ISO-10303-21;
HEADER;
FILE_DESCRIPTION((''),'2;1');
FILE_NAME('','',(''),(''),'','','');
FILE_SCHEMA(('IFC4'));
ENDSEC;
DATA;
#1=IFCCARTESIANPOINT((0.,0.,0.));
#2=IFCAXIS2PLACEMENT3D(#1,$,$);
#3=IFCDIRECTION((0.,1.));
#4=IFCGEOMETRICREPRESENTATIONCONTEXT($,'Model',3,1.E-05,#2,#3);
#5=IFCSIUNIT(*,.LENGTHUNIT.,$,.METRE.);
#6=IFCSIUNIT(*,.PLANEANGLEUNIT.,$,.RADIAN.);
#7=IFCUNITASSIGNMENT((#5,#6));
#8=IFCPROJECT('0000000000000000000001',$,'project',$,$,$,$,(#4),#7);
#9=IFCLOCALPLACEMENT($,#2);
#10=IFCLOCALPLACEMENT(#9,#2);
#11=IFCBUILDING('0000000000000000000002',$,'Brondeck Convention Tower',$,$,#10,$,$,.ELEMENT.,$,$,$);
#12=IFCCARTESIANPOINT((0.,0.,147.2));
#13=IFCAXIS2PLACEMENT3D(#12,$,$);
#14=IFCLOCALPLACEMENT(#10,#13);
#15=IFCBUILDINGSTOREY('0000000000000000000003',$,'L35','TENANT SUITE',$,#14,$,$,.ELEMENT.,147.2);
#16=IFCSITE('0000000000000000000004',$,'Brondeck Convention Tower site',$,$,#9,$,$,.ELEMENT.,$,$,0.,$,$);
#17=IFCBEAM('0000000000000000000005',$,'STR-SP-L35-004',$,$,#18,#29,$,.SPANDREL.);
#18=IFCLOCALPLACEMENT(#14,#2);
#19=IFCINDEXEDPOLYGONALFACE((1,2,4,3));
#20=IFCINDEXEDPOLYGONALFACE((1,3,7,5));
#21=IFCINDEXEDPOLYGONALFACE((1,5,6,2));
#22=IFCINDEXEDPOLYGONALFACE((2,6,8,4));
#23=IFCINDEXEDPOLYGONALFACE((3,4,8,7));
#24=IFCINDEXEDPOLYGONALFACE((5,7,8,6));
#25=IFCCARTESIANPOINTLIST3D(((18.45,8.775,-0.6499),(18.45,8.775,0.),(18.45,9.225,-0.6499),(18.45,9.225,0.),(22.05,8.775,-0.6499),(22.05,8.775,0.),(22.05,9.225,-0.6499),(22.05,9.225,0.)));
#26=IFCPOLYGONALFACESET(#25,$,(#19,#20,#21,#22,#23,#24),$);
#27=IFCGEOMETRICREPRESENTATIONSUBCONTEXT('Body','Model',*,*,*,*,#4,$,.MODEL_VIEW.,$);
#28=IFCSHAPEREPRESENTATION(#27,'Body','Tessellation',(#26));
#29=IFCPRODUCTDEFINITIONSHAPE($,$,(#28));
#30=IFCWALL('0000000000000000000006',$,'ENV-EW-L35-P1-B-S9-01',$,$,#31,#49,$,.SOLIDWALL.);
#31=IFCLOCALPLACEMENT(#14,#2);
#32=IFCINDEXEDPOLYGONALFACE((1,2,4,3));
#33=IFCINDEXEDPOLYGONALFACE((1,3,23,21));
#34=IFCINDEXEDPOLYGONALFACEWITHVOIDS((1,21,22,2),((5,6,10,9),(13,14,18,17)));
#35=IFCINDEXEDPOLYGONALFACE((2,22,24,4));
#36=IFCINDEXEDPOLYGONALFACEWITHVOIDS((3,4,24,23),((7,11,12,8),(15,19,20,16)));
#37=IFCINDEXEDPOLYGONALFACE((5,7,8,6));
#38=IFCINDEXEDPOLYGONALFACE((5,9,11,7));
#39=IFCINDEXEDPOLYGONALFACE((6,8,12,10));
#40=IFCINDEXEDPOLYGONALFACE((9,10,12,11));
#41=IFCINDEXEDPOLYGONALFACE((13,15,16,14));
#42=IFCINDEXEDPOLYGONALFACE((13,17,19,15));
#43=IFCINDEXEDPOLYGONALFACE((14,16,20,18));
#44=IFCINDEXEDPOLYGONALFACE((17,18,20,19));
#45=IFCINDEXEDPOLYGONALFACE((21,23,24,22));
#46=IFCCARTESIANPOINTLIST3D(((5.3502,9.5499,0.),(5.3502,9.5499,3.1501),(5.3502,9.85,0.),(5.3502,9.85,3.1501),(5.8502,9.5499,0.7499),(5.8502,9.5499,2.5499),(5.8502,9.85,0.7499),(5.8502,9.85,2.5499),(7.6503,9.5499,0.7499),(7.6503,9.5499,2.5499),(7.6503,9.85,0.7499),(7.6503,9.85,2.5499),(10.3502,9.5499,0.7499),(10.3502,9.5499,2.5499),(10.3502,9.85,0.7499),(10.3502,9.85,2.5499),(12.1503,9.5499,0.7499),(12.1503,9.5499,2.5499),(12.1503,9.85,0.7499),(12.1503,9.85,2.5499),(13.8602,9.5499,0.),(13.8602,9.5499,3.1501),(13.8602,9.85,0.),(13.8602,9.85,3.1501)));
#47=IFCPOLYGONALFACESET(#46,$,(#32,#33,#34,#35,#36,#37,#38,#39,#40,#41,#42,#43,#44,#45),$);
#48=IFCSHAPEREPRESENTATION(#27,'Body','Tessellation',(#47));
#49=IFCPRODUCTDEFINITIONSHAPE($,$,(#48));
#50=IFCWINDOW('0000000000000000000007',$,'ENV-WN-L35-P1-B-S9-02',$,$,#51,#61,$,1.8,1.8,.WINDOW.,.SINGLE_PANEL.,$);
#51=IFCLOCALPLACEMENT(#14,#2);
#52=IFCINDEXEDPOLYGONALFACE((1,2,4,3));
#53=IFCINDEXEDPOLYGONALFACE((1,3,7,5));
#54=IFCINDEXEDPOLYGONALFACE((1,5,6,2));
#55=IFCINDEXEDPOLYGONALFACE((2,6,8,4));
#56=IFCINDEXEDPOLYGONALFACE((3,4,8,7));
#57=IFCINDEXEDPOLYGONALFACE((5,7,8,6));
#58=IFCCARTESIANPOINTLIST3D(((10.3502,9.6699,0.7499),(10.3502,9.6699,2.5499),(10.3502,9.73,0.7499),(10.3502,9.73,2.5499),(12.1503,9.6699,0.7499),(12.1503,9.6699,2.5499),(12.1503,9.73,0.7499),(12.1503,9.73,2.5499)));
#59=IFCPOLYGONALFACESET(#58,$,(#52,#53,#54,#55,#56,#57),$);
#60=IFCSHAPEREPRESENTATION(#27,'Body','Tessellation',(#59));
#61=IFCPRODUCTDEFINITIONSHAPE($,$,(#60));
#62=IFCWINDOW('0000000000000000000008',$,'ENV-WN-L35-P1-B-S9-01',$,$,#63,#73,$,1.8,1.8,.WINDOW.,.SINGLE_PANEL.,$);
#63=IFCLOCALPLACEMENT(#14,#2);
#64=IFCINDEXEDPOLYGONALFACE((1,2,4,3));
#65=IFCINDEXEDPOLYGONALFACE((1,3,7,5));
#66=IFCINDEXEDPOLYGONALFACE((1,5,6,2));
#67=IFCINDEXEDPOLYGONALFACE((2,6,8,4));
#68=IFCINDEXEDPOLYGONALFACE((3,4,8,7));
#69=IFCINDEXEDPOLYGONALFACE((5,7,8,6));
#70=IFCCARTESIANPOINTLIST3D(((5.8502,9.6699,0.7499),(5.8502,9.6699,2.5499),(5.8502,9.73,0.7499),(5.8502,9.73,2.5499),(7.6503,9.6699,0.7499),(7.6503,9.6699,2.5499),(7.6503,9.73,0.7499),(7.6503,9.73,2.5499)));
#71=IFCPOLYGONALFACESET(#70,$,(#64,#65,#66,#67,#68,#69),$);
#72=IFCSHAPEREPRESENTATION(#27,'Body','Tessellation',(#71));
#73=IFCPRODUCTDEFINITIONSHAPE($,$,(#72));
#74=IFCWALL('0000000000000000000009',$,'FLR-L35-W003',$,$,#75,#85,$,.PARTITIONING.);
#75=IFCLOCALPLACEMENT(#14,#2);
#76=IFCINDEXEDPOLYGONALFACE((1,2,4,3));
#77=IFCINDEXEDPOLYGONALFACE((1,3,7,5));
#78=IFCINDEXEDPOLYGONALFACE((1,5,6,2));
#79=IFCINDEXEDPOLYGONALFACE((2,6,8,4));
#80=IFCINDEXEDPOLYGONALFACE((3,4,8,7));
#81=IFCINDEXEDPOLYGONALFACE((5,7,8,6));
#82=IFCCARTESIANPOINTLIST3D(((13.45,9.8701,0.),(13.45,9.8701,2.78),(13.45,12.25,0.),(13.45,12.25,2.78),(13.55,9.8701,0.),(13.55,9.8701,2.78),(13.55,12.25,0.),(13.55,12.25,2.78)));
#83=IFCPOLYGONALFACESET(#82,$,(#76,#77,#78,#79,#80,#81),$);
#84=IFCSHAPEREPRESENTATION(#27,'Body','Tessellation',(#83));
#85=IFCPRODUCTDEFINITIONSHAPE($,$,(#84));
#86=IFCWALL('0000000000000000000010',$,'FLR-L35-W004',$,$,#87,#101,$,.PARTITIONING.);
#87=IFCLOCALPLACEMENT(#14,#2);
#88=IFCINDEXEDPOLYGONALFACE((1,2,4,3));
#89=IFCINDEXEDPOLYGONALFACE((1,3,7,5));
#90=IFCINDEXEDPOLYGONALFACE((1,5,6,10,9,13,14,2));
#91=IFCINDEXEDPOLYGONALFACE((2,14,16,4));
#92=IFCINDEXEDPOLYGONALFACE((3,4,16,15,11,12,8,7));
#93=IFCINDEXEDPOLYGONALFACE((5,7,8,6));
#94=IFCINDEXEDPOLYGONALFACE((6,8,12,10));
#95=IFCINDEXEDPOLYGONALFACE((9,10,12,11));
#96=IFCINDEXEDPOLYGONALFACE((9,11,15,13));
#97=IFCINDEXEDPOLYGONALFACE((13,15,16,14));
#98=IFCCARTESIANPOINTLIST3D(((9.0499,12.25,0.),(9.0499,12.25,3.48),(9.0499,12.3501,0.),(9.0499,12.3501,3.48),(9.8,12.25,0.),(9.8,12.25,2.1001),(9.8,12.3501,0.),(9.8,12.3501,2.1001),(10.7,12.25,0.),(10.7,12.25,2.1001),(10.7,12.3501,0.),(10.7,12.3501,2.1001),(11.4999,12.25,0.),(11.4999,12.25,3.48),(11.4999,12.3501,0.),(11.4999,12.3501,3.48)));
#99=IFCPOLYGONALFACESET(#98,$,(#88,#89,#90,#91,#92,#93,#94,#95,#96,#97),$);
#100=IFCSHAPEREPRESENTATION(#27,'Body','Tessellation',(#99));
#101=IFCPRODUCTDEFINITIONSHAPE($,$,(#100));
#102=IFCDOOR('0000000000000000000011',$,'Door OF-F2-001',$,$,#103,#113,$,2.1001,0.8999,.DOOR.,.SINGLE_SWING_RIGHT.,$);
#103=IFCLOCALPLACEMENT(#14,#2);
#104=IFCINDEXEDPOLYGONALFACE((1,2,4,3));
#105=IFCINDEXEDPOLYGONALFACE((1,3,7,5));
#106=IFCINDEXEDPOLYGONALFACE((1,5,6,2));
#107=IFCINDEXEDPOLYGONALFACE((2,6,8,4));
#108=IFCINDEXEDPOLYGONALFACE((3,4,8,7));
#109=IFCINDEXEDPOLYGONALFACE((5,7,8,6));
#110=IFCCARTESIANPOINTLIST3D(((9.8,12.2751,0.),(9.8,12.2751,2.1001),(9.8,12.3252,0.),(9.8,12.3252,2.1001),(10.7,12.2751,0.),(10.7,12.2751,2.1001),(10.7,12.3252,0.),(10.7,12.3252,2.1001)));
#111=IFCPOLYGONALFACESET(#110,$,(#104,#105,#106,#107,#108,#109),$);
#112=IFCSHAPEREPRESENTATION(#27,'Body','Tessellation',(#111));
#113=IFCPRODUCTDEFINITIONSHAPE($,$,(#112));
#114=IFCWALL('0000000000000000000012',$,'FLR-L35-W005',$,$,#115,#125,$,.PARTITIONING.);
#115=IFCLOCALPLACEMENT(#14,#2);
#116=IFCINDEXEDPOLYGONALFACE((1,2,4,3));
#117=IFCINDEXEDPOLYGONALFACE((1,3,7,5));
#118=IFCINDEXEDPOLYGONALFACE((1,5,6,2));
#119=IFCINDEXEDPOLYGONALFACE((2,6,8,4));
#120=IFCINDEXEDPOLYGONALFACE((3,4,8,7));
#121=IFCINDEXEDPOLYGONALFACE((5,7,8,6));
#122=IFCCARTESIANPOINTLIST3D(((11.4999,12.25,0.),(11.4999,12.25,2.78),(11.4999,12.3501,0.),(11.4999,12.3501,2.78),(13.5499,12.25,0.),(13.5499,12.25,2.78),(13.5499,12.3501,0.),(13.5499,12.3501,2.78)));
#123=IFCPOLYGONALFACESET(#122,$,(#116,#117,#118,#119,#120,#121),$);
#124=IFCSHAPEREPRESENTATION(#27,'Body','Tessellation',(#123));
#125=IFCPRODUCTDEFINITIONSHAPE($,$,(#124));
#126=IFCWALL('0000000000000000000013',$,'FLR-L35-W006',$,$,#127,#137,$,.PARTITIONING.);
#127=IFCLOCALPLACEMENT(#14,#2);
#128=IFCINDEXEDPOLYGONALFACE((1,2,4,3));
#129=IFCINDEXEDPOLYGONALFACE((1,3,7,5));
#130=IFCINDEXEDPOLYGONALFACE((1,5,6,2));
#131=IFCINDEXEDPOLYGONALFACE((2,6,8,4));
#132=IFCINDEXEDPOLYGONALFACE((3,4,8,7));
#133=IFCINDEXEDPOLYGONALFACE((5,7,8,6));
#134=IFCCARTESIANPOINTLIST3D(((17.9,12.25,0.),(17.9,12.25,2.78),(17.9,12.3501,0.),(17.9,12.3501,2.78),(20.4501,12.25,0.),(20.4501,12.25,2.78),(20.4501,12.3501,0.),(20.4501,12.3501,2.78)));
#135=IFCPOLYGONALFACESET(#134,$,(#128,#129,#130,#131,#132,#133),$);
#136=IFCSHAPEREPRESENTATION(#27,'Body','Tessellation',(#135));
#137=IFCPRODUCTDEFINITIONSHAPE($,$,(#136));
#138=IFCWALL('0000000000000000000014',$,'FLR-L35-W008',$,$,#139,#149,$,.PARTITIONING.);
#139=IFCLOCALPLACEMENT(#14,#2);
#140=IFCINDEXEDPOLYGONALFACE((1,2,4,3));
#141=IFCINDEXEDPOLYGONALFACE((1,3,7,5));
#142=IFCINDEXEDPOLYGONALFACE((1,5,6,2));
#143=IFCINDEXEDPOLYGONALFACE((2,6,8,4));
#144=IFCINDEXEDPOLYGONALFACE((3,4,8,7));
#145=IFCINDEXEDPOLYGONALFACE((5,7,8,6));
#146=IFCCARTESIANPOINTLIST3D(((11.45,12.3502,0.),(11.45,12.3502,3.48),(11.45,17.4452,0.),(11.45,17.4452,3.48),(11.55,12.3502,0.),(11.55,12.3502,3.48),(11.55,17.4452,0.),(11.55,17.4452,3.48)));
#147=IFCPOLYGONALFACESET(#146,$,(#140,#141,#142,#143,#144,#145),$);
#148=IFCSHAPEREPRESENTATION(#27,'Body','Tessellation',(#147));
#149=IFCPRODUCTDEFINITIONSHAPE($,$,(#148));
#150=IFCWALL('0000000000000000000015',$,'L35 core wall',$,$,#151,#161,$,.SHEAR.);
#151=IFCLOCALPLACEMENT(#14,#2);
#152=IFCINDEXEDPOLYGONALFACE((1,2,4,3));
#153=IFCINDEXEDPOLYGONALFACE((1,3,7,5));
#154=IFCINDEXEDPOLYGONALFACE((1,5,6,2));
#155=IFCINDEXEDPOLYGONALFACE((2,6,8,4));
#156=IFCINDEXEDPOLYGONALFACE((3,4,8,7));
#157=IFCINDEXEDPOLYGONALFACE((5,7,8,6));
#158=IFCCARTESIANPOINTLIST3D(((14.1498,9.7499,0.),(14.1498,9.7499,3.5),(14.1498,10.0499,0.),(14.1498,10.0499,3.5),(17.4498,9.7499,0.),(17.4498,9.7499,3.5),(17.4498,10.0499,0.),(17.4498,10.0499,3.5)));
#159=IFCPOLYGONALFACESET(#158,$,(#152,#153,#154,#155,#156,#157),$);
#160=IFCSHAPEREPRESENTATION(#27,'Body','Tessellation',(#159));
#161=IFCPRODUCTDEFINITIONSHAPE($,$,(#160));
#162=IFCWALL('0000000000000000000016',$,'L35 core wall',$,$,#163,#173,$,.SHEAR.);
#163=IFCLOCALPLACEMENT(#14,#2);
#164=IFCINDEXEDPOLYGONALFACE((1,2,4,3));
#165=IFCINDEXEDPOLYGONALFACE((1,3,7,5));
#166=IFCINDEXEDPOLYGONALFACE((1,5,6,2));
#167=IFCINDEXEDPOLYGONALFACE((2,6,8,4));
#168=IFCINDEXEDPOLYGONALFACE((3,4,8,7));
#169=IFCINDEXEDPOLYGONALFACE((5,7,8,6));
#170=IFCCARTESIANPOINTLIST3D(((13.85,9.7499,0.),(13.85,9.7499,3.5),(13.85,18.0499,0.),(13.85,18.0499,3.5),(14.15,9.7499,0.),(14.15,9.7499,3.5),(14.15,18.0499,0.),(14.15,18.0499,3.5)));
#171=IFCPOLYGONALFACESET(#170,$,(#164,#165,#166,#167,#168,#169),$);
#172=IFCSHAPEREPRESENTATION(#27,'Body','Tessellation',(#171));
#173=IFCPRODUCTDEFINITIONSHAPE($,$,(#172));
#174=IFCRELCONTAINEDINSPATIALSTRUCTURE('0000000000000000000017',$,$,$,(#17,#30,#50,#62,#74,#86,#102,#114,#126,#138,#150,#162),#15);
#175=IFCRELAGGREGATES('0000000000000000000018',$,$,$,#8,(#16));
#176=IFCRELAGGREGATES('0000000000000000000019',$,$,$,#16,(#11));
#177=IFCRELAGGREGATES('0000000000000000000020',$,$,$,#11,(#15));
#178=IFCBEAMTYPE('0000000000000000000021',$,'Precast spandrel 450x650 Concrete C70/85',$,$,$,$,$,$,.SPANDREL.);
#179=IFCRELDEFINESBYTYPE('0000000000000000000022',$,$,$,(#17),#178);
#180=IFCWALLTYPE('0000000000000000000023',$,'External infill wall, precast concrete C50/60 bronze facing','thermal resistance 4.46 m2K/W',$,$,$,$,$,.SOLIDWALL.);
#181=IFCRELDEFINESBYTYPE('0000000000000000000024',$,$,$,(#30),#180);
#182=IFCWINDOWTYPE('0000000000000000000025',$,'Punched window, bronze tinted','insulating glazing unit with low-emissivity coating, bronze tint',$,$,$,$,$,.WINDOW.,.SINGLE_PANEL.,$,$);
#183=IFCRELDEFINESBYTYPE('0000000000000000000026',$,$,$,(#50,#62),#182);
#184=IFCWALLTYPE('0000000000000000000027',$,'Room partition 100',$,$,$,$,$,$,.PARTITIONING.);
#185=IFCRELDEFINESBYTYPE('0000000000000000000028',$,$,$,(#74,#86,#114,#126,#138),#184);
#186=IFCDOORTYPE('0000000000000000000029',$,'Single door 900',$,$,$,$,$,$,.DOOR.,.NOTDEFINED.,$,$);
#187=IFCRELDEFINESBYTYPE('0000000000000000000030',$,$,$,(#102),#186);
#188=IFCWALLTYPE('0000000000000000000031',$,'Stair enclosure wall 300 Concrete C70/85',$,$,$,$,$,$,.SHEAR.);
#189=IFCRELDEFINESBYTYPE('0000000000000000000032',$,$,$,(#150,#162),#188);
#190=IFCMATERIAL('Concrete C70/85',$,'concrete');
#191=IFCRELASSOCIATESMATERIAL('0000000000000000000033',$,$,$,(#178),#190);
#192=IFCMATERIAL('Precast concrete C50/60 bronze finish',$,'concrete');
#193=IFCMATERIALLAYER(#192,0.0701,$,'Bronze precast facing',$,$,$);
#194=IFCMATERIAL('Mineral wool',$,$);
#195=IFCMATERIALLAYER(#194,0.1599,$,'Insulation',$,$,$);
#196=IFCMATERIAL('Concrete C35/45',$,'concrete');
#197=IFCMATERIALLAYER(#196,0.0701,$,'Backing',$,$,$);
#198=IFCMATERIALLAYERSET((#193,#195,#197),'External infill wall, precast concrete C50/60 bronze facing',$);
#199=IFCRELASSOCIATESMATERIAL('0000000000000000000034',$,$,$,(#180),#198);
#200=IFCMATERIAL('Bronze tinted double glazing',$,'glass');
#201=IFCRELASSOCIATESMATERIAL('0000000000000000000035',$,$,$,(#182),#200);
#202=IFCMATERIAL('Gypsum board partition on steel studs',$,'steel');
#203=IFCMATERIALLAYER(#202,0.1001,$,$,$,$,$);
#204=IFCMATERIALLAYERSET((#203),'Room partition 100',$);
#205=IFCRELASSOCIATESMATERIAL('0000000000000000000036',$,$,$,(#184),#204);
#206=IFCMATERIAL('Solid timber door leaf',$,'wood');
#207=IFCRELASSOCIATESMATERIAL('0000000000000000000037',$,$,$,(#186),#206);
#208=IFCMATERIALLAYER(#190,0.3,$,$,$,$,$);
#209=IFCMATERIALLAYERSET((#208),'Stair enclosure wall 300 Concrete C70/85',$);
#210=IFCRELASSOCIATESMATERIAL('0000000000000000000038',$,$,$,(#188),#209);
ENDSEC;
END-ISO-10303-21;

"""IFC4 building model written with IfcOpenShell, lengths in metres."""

from ifc_helpers import new_model, si_unit, direction, frame, frame_2d, origin, origin_2d, place, context, subcontext, project, spatial, rectangle, extrude, material, layer, layer_set, material_profile, profile_set, type_object, element, fill, save


model = new_model("IFC4")

# Units and contexts
model_context = context("Model", 3, precision=1e-05, world=origin(), true_north=direction((0.0, 1.0)))
body_context = subcontext(model_context, "Body", "Model", "MODEL_VIEW")
ifc_project = project(units=[si_unit("LENGTHUNIT", "METRE"), si_unit("PLANEANGLEUNIT", "RADIAN")], contexts=[model_context])

# Site, building, storey
site_placement = place(None, origin())
site = spatial("IfcSite", under=ifc_project, at=site_placement, Name="Brondeck Convention Tower site", CompositionType="ELEMENT", RefElevation=0.0)
building_placement = place(site_placement, origin())
building = spatial("IfcBuilding", under=site, at=building_placement, Name="Brondeck Convention Tower", CompositionType="ELEMENT")
storey_placement = place(building_placement, frame((0.0, 0.0, 147.2)))
storey = spatial("IfcBuildingStorey", under=building, at=storey_placement, Name="L35", Description="TENANT SUITE", CompositionType="ELEMENT", Elevation=147.2)

# Shared definitions
ifc_material_1 = material(Name="Concrete C70/85", Category="concrete")

# Beam
ifc_material_profile_1 = material_profile(ifc_material_1, rectangle(XDim=0.45, YDim=0.6499, at=origin_2d()), Name="Precast spandrel 450x650 Concrete C70/85")
ifc_profile_set_1 = profile_set([ifc_material_profile_1], Name="Concrete C70/85")
beam_type_1 = type_object("IfcBeamType", Name="Precast spandrel 450x650 Concrete C70/85", PredefinedType="SPANDREL", material=ifc_profile_set_1)
for number, where, z_axis, x_axis, name in (
    (1, (18.45, 9.0, -0.325), (1.0, 0.0, 0.0), (0.0, 1.0, 0.0), "STR-SP-L35-004"),
):
    element("IfcBeam", number, at=place(storey_placement, frame(where, z_axis=z_axis, x_axis=x_axis)), inside=storey, type_object=beam_type_1, Name=name, PredefinedType="SPANDREL", context=body_context, shape_type="SweptSolid", body=[
        extrude(rectangle(XDim=0.45, YDim=0.6499, at=origin_2d()), origin(), (0.0, 0.0, 1.0), 3.6001),
    ])

# Wall, openings, windows
ifc_material_2 = material(Name="Precast concrete C50/60 bronze finish", Category="concrete")
ifc_layer_1 = layer(ifc_material_2, 0.0701, Name="Bronze precast facing")
ifc_material_3 = material(Name="Mineral wool")
ifc_layer_2 = layer(ifc_material_3, 0.1599, Name="Insulation")
ifc_material_4 = material(Name="Concrete C35/45", Category="concrete")
ifc_layer_3 = layer(ifc_material_4, 0.0701, Name="Backing")
ifc_layer_set_1 = layer_set([ifc_layer_1, ifc_layer_2, ifc_layer_3], Name="External infill wall, precast concrete C50/60 bronze facing")
wall_type_1 = type_object("IfcWallType", Name="External infill wall, precast concrete C50/60 bronze facing", Description="thermal resistance 4.46 m2K/W", PredefinedType="SOLIDWALL", material=ifc_layer_set_1)
wall_1_placement = place(storey_placement, frame((13.8601, 9.7, 0.0), z_axis=(0.0, 0.0, 1.0), x_axis=(-1.0, 0.0, 0.0)))
wall_1 = element("IfcWall", 2, at=wall_1_placement, inside=storey, type_object=wall_type_1, Name="ENV-EW-L35-P1-B-S9-01", PredefinedType="SOLIDWALL", context=body_context, shape_type="SweptSolid", body=[
    extrude(rectangle(XDim=8.51, YDim=0.3, at=frame_2d((4.2549, 0.0))), origin(), (0.0, 0.0, 1.0), 3.1501),
])
opening_1_placement = place(wall_1_placement, frame((1.71, 0.0, 0.75)))
opening_1 = element("IfcOpeningElement", 3, at=opening_1_placement, cuts=wall_1, PredefinedType="OPENING", context=body_context, shape_type="SweptSolid", body=[
    extrude(rectangle(XDim=1.8, YDim=1.8, at=frame_2d((0.8999, 0.8999))), frame((0.0, 0.1599, 0.0), z_axis=(0.0, -1.0, 0.0), x_axis=(1.0, 0.0, 0.0)), (0.0, 0.0, 1.0), 0.3201),
])
opening_2_placement = place(wall_1_placement, frame((6.21, 0.0, 0.75)))
opening_2 = element("IfcOpeningElement", 4, at=opening_2_placement, cuts=wall_1, PredefinedType="OPENING", context=body_context, shape_type="SweptSolid", body=[
    extrude(rectangle(XDim=1.8, YDim=1.8, at=frame_2d((0.8999, 0.8999))), frame((0.0, 0.1599, 0.0), z_axis=(0.0, -1.0, 0.0), x_axis=(1.0, 0.0, 0.0)), (0.0, 0.0, 1.0), 0.3201),
])
ifc_material_5 = material(Name="Bronze tinted double glazing", Category="glass")
window_type = type_object("IfcWindowType", Name="Punched window, bronze tinted", Description="insulating glazing unit with low-emissivity coating, bronze tint", PartitioningType="SINGLE_PANEL", PredefinedType="WINDOW", material=ifc_material_5)
window_1_placement = place(opening_1_placement, origin())
window_1 = element("IfcWindow", 5, at=window_1_placement, inside=storey, type_object=window_type, Name="ENV-WN-L35-P1-B-S9-02", OverallHeight=1.8, OverallWidth=1.8, PartitioningType="SINGLE_PANEL", PredefinedType="WINDOW", context=body_context, shape_type="SweptSolid", body=[
    extrude(rectangle(XDim=1.8, YDim=1.8, at=frame_2d((0.8999, 0.8999))), frame((0.0, 0.03, 0.0), z_axis=(0.0, -1.0, 0.0), x_axis=(1.0, 0.0, 0.0)), (0.0, 0.0, 1.0), 0.0601),
])
fill(opening_1, window_1)
window_2_placement = place(opening_2_placement, origin())
window_2 = element("IfcWindow", 6, at=window_2_placement, inside=storey, type_object=window_type, Name="ENV-WN-L35-P1-B-S9-01", OverallHeight=1.8, OverallWidth=1.8, PartitioningType="SINGLE_PANEL", PredefinedType="WINDOW", context=body_context, shape_type="SweptSolid", body=[
    extrude(rectangle(XDim=1.8, YDim=1.8, at=frame_2d((0.8999, 0.8999))), frame((0.0, 0.03, 0.0), z_axis=(0.0, -1.0, 0.0), x_axis=(1.0, 0.0, 0.0)), (0.0, 0.0, 1.0), 0.0601),
])
fill(opening_2, window_2)

# Wall
ifc_material_6 = material(Name="Gypsum board partition on steel studs", Category="steel")
ifc_layer_4 = layer(ifc_material_6, 0.1001)
ifc_layer_set_2 = layer_set([ifc_layer_4], Name="Room partition 100")
wall_type_2 = type_object("IfcWallType", Name="Room partition 100", PredefinedType="PARTITIONING", material=ifc_layer_set_2)
wall_2_placement = place(storey_placement, frame((13.5, 12.25, 0.0), z_axis=(0.0, 0.0, 1.0), x_axis=(0.0, -1.0, 0.0)))
element("IfcWall", 7, at=wall_2_placement, inside=storey, type_object=wall_type_2, Name="FLR-L35-W003", PredefinedType="PARTITIONING", context=body_context, shape_type="SweptSolid", body=[
    extrude(rectangle(XDim=2.3799, YDim=0.1001, at=frame_2d((1.1899, 0.0))), origin(), (0.0, 0.0, 1.0), 2.78),
])

# Wall, opening, door
wall_3_placement = place(storey_placement, frame((11.5, 12.3, 0.0), z_axis=(0.0, 0.0, 1.0), x_axis=(-1.0, 0.0, 0.0)))
wall_3 = element("IfcWall", 8, at=wall_3_placement, inside=storey, type_object=wall_type_2, Name="FLR-L35-W004", PredefinedType="PARTITIONING", context=body_context, shape_type="SweptSolid", body=[
    extrude(rectangle(XDim=2.45, YDim=0.1001, at=frame_2d((1.2251, 0.0))), origin(), (0.0, 0.0, 1.0), 3.48),
])
opening_3_placement = place(wall_3_placement, frame((0.8, 0.0, 0.0)))
opening_3 = element("IfcOpeningElement", 9, at=opening_3_placement, cuts=wall_3, PredefinedType="OPENING", context=body_context, shape_type="SweptSolid", body=[
    extrude(rectangle(XDim=0.8999, YDim=2.1001, at=frame_2d((0.45, 1.05))), frame((0.0, 0.0601, 0.0), z_axis=(0.0, -1.0, 0.0), x_axis=(1.0, 0.0, 0.0)), (0.0, 0.0, 1.0), 0.1201),
])
ifc_material_7 = material(Name="Solid timber door leaf", Category="wood")
door_type_1 = type_object("IfcDoorType", Name="Single door 900", OperationType="NOTDEFINED", PredefinedType="DOOR", material=ifc_material_7)
door_1_placement = place(opening_3_placement, origin())
door_1 = element("IfcDoor", 10, at=door_1_placement, inside=storey, type_object=door_type_1, Name="Door OF-F2-001", OperationType="SINGLE_SWING_RIGHT", OverallHeight=2.1001, OverallWidth=0.8999, PredefinedType="DOOR", context=body_context, shape_type="SweptSolid", body=[
    extrude(rectangle(XDim=0.8999, YDim=2.1001, at=frame_2d((0.45, 1.05))), frame((0.0, 0.0249, 0.0), z_axis=(0.0, -1.0, 0.0), x_axis=(1.0, 0.0, 0.0)), (0.0, 0.0, 1.0), 0.05),
])
fill(opening_3, door_1)

# Walls
wall_4_placement = place(storey_placement, frame((11.5, 12.3, 0.0), z_axis=(0.0, 0.0, 1.0), x_axis=(1.0, 0.0, 0.0)))
element("IfcWall", 11, at=wall_4_placement, inside=storey, type_object=wall_type_2, Name="FLR-L35-W005", PredefinedType="PARTITIONING", context=body_context, shape_type="SweptSolid", body=[
    extrude(rectangle(XDim=2.05, YDim=0.1001, at=frame_2d((1.0249, 0.0))), origin(), (0.0, 0.0, 1.0), 2.78),
])
wall_5_placement = place(storey_placement, frame((20.45, 12.3, 0.0), z_axis=(0.0, 0.0, 1.0), x_axis=(-1.0, 0.0, 0.0)))
element("IfcWall", 12, at=wall_5_placement, inside=storey, type_object=wall_type_2, Name="FLR-L35-W006", PredefinedType="PARTITIONING", context=body_context, shape_type="SweptSolid", body=[
    extrude(rectangle(XDim=2.55, YDim=0.1001, at=frame_2d((1.2749, 0.0))), origin(), (0.0, 0.0, 1.0), 2.78),
])
wall_6_placement = place(storey_placement, frame((11.5, 17.4451, 0.0), z_axis=(0.0, 0.0, 1.0), x_axis=(0.0, -1.0, 0.0)))
element("IfcWall", 13, at=wall_6_placement, inside=storey, type_object=wall_type_2, Name="FLR-L35-W008", PredefinedType="PARTITIONING", context=body_context, shape_type="SweptSolid", body=[
    extrude(rectangle(XDim=5.095, YDim=0.1001, at=frame_2d((2.5474, 0.0))), origin(), (0.0, 0.0, 1.0), 3.48),
])
ifc_layer_5 = layer(ifc_material_1, 0.3)
ifc_layer_set_3 = layer_set([ifc_layer_5], Name="Stair enclosure wall 300 Concrete C70/85")
wall_type_3 = type_object("IfcWallType", Name="Stair enclosure wall 300 Concrete C70/85", PredefinedType="SHEAR", material=ifc_layer_set_3)
wall_7_placement = place(storey_placement, frame((14.1499, 9.8999, 0.0), z_axis=(0.0, 0.0, 1.0), x_axis=(1.0, 0.0, 0.0)))
element("IfcWall", 14, at=wall_7_placement, inside=storey, type_object=wall_type_3, Name="L35 core wall", PredefinedType="SHEAR", context=body_context, shape_type="SweptSolid", body=[
    extrude(rectangle(XDim=3.3, YDim=0.3, at=frame_2d((1.6499, 0.0))), origin(), (0.0, 0.0, 1.0), 3.5),
])
wall_8_placement = place(storey_placement, frame((14.0, 9.75, 0.0), z_axis=(0.0, 0.0, 1.0), x_axis=(0.0, 1.0, 0.0)))
element("IfcWall", 15, at=wall_8_placement, inside=storey, type_object=wall_type_3, Name="L35 core wall", PredefinedType="SHEAR", context=body_context, shape_type="SweptSolid", body=[
    extrude(rectangle(XDim=8.3, YDim=0.3, at=frame_2d((4.1499, 0.0))), origin(), (0.0, 0.0, 1.0), 3.5),
])

save(model, "model.ifc")
